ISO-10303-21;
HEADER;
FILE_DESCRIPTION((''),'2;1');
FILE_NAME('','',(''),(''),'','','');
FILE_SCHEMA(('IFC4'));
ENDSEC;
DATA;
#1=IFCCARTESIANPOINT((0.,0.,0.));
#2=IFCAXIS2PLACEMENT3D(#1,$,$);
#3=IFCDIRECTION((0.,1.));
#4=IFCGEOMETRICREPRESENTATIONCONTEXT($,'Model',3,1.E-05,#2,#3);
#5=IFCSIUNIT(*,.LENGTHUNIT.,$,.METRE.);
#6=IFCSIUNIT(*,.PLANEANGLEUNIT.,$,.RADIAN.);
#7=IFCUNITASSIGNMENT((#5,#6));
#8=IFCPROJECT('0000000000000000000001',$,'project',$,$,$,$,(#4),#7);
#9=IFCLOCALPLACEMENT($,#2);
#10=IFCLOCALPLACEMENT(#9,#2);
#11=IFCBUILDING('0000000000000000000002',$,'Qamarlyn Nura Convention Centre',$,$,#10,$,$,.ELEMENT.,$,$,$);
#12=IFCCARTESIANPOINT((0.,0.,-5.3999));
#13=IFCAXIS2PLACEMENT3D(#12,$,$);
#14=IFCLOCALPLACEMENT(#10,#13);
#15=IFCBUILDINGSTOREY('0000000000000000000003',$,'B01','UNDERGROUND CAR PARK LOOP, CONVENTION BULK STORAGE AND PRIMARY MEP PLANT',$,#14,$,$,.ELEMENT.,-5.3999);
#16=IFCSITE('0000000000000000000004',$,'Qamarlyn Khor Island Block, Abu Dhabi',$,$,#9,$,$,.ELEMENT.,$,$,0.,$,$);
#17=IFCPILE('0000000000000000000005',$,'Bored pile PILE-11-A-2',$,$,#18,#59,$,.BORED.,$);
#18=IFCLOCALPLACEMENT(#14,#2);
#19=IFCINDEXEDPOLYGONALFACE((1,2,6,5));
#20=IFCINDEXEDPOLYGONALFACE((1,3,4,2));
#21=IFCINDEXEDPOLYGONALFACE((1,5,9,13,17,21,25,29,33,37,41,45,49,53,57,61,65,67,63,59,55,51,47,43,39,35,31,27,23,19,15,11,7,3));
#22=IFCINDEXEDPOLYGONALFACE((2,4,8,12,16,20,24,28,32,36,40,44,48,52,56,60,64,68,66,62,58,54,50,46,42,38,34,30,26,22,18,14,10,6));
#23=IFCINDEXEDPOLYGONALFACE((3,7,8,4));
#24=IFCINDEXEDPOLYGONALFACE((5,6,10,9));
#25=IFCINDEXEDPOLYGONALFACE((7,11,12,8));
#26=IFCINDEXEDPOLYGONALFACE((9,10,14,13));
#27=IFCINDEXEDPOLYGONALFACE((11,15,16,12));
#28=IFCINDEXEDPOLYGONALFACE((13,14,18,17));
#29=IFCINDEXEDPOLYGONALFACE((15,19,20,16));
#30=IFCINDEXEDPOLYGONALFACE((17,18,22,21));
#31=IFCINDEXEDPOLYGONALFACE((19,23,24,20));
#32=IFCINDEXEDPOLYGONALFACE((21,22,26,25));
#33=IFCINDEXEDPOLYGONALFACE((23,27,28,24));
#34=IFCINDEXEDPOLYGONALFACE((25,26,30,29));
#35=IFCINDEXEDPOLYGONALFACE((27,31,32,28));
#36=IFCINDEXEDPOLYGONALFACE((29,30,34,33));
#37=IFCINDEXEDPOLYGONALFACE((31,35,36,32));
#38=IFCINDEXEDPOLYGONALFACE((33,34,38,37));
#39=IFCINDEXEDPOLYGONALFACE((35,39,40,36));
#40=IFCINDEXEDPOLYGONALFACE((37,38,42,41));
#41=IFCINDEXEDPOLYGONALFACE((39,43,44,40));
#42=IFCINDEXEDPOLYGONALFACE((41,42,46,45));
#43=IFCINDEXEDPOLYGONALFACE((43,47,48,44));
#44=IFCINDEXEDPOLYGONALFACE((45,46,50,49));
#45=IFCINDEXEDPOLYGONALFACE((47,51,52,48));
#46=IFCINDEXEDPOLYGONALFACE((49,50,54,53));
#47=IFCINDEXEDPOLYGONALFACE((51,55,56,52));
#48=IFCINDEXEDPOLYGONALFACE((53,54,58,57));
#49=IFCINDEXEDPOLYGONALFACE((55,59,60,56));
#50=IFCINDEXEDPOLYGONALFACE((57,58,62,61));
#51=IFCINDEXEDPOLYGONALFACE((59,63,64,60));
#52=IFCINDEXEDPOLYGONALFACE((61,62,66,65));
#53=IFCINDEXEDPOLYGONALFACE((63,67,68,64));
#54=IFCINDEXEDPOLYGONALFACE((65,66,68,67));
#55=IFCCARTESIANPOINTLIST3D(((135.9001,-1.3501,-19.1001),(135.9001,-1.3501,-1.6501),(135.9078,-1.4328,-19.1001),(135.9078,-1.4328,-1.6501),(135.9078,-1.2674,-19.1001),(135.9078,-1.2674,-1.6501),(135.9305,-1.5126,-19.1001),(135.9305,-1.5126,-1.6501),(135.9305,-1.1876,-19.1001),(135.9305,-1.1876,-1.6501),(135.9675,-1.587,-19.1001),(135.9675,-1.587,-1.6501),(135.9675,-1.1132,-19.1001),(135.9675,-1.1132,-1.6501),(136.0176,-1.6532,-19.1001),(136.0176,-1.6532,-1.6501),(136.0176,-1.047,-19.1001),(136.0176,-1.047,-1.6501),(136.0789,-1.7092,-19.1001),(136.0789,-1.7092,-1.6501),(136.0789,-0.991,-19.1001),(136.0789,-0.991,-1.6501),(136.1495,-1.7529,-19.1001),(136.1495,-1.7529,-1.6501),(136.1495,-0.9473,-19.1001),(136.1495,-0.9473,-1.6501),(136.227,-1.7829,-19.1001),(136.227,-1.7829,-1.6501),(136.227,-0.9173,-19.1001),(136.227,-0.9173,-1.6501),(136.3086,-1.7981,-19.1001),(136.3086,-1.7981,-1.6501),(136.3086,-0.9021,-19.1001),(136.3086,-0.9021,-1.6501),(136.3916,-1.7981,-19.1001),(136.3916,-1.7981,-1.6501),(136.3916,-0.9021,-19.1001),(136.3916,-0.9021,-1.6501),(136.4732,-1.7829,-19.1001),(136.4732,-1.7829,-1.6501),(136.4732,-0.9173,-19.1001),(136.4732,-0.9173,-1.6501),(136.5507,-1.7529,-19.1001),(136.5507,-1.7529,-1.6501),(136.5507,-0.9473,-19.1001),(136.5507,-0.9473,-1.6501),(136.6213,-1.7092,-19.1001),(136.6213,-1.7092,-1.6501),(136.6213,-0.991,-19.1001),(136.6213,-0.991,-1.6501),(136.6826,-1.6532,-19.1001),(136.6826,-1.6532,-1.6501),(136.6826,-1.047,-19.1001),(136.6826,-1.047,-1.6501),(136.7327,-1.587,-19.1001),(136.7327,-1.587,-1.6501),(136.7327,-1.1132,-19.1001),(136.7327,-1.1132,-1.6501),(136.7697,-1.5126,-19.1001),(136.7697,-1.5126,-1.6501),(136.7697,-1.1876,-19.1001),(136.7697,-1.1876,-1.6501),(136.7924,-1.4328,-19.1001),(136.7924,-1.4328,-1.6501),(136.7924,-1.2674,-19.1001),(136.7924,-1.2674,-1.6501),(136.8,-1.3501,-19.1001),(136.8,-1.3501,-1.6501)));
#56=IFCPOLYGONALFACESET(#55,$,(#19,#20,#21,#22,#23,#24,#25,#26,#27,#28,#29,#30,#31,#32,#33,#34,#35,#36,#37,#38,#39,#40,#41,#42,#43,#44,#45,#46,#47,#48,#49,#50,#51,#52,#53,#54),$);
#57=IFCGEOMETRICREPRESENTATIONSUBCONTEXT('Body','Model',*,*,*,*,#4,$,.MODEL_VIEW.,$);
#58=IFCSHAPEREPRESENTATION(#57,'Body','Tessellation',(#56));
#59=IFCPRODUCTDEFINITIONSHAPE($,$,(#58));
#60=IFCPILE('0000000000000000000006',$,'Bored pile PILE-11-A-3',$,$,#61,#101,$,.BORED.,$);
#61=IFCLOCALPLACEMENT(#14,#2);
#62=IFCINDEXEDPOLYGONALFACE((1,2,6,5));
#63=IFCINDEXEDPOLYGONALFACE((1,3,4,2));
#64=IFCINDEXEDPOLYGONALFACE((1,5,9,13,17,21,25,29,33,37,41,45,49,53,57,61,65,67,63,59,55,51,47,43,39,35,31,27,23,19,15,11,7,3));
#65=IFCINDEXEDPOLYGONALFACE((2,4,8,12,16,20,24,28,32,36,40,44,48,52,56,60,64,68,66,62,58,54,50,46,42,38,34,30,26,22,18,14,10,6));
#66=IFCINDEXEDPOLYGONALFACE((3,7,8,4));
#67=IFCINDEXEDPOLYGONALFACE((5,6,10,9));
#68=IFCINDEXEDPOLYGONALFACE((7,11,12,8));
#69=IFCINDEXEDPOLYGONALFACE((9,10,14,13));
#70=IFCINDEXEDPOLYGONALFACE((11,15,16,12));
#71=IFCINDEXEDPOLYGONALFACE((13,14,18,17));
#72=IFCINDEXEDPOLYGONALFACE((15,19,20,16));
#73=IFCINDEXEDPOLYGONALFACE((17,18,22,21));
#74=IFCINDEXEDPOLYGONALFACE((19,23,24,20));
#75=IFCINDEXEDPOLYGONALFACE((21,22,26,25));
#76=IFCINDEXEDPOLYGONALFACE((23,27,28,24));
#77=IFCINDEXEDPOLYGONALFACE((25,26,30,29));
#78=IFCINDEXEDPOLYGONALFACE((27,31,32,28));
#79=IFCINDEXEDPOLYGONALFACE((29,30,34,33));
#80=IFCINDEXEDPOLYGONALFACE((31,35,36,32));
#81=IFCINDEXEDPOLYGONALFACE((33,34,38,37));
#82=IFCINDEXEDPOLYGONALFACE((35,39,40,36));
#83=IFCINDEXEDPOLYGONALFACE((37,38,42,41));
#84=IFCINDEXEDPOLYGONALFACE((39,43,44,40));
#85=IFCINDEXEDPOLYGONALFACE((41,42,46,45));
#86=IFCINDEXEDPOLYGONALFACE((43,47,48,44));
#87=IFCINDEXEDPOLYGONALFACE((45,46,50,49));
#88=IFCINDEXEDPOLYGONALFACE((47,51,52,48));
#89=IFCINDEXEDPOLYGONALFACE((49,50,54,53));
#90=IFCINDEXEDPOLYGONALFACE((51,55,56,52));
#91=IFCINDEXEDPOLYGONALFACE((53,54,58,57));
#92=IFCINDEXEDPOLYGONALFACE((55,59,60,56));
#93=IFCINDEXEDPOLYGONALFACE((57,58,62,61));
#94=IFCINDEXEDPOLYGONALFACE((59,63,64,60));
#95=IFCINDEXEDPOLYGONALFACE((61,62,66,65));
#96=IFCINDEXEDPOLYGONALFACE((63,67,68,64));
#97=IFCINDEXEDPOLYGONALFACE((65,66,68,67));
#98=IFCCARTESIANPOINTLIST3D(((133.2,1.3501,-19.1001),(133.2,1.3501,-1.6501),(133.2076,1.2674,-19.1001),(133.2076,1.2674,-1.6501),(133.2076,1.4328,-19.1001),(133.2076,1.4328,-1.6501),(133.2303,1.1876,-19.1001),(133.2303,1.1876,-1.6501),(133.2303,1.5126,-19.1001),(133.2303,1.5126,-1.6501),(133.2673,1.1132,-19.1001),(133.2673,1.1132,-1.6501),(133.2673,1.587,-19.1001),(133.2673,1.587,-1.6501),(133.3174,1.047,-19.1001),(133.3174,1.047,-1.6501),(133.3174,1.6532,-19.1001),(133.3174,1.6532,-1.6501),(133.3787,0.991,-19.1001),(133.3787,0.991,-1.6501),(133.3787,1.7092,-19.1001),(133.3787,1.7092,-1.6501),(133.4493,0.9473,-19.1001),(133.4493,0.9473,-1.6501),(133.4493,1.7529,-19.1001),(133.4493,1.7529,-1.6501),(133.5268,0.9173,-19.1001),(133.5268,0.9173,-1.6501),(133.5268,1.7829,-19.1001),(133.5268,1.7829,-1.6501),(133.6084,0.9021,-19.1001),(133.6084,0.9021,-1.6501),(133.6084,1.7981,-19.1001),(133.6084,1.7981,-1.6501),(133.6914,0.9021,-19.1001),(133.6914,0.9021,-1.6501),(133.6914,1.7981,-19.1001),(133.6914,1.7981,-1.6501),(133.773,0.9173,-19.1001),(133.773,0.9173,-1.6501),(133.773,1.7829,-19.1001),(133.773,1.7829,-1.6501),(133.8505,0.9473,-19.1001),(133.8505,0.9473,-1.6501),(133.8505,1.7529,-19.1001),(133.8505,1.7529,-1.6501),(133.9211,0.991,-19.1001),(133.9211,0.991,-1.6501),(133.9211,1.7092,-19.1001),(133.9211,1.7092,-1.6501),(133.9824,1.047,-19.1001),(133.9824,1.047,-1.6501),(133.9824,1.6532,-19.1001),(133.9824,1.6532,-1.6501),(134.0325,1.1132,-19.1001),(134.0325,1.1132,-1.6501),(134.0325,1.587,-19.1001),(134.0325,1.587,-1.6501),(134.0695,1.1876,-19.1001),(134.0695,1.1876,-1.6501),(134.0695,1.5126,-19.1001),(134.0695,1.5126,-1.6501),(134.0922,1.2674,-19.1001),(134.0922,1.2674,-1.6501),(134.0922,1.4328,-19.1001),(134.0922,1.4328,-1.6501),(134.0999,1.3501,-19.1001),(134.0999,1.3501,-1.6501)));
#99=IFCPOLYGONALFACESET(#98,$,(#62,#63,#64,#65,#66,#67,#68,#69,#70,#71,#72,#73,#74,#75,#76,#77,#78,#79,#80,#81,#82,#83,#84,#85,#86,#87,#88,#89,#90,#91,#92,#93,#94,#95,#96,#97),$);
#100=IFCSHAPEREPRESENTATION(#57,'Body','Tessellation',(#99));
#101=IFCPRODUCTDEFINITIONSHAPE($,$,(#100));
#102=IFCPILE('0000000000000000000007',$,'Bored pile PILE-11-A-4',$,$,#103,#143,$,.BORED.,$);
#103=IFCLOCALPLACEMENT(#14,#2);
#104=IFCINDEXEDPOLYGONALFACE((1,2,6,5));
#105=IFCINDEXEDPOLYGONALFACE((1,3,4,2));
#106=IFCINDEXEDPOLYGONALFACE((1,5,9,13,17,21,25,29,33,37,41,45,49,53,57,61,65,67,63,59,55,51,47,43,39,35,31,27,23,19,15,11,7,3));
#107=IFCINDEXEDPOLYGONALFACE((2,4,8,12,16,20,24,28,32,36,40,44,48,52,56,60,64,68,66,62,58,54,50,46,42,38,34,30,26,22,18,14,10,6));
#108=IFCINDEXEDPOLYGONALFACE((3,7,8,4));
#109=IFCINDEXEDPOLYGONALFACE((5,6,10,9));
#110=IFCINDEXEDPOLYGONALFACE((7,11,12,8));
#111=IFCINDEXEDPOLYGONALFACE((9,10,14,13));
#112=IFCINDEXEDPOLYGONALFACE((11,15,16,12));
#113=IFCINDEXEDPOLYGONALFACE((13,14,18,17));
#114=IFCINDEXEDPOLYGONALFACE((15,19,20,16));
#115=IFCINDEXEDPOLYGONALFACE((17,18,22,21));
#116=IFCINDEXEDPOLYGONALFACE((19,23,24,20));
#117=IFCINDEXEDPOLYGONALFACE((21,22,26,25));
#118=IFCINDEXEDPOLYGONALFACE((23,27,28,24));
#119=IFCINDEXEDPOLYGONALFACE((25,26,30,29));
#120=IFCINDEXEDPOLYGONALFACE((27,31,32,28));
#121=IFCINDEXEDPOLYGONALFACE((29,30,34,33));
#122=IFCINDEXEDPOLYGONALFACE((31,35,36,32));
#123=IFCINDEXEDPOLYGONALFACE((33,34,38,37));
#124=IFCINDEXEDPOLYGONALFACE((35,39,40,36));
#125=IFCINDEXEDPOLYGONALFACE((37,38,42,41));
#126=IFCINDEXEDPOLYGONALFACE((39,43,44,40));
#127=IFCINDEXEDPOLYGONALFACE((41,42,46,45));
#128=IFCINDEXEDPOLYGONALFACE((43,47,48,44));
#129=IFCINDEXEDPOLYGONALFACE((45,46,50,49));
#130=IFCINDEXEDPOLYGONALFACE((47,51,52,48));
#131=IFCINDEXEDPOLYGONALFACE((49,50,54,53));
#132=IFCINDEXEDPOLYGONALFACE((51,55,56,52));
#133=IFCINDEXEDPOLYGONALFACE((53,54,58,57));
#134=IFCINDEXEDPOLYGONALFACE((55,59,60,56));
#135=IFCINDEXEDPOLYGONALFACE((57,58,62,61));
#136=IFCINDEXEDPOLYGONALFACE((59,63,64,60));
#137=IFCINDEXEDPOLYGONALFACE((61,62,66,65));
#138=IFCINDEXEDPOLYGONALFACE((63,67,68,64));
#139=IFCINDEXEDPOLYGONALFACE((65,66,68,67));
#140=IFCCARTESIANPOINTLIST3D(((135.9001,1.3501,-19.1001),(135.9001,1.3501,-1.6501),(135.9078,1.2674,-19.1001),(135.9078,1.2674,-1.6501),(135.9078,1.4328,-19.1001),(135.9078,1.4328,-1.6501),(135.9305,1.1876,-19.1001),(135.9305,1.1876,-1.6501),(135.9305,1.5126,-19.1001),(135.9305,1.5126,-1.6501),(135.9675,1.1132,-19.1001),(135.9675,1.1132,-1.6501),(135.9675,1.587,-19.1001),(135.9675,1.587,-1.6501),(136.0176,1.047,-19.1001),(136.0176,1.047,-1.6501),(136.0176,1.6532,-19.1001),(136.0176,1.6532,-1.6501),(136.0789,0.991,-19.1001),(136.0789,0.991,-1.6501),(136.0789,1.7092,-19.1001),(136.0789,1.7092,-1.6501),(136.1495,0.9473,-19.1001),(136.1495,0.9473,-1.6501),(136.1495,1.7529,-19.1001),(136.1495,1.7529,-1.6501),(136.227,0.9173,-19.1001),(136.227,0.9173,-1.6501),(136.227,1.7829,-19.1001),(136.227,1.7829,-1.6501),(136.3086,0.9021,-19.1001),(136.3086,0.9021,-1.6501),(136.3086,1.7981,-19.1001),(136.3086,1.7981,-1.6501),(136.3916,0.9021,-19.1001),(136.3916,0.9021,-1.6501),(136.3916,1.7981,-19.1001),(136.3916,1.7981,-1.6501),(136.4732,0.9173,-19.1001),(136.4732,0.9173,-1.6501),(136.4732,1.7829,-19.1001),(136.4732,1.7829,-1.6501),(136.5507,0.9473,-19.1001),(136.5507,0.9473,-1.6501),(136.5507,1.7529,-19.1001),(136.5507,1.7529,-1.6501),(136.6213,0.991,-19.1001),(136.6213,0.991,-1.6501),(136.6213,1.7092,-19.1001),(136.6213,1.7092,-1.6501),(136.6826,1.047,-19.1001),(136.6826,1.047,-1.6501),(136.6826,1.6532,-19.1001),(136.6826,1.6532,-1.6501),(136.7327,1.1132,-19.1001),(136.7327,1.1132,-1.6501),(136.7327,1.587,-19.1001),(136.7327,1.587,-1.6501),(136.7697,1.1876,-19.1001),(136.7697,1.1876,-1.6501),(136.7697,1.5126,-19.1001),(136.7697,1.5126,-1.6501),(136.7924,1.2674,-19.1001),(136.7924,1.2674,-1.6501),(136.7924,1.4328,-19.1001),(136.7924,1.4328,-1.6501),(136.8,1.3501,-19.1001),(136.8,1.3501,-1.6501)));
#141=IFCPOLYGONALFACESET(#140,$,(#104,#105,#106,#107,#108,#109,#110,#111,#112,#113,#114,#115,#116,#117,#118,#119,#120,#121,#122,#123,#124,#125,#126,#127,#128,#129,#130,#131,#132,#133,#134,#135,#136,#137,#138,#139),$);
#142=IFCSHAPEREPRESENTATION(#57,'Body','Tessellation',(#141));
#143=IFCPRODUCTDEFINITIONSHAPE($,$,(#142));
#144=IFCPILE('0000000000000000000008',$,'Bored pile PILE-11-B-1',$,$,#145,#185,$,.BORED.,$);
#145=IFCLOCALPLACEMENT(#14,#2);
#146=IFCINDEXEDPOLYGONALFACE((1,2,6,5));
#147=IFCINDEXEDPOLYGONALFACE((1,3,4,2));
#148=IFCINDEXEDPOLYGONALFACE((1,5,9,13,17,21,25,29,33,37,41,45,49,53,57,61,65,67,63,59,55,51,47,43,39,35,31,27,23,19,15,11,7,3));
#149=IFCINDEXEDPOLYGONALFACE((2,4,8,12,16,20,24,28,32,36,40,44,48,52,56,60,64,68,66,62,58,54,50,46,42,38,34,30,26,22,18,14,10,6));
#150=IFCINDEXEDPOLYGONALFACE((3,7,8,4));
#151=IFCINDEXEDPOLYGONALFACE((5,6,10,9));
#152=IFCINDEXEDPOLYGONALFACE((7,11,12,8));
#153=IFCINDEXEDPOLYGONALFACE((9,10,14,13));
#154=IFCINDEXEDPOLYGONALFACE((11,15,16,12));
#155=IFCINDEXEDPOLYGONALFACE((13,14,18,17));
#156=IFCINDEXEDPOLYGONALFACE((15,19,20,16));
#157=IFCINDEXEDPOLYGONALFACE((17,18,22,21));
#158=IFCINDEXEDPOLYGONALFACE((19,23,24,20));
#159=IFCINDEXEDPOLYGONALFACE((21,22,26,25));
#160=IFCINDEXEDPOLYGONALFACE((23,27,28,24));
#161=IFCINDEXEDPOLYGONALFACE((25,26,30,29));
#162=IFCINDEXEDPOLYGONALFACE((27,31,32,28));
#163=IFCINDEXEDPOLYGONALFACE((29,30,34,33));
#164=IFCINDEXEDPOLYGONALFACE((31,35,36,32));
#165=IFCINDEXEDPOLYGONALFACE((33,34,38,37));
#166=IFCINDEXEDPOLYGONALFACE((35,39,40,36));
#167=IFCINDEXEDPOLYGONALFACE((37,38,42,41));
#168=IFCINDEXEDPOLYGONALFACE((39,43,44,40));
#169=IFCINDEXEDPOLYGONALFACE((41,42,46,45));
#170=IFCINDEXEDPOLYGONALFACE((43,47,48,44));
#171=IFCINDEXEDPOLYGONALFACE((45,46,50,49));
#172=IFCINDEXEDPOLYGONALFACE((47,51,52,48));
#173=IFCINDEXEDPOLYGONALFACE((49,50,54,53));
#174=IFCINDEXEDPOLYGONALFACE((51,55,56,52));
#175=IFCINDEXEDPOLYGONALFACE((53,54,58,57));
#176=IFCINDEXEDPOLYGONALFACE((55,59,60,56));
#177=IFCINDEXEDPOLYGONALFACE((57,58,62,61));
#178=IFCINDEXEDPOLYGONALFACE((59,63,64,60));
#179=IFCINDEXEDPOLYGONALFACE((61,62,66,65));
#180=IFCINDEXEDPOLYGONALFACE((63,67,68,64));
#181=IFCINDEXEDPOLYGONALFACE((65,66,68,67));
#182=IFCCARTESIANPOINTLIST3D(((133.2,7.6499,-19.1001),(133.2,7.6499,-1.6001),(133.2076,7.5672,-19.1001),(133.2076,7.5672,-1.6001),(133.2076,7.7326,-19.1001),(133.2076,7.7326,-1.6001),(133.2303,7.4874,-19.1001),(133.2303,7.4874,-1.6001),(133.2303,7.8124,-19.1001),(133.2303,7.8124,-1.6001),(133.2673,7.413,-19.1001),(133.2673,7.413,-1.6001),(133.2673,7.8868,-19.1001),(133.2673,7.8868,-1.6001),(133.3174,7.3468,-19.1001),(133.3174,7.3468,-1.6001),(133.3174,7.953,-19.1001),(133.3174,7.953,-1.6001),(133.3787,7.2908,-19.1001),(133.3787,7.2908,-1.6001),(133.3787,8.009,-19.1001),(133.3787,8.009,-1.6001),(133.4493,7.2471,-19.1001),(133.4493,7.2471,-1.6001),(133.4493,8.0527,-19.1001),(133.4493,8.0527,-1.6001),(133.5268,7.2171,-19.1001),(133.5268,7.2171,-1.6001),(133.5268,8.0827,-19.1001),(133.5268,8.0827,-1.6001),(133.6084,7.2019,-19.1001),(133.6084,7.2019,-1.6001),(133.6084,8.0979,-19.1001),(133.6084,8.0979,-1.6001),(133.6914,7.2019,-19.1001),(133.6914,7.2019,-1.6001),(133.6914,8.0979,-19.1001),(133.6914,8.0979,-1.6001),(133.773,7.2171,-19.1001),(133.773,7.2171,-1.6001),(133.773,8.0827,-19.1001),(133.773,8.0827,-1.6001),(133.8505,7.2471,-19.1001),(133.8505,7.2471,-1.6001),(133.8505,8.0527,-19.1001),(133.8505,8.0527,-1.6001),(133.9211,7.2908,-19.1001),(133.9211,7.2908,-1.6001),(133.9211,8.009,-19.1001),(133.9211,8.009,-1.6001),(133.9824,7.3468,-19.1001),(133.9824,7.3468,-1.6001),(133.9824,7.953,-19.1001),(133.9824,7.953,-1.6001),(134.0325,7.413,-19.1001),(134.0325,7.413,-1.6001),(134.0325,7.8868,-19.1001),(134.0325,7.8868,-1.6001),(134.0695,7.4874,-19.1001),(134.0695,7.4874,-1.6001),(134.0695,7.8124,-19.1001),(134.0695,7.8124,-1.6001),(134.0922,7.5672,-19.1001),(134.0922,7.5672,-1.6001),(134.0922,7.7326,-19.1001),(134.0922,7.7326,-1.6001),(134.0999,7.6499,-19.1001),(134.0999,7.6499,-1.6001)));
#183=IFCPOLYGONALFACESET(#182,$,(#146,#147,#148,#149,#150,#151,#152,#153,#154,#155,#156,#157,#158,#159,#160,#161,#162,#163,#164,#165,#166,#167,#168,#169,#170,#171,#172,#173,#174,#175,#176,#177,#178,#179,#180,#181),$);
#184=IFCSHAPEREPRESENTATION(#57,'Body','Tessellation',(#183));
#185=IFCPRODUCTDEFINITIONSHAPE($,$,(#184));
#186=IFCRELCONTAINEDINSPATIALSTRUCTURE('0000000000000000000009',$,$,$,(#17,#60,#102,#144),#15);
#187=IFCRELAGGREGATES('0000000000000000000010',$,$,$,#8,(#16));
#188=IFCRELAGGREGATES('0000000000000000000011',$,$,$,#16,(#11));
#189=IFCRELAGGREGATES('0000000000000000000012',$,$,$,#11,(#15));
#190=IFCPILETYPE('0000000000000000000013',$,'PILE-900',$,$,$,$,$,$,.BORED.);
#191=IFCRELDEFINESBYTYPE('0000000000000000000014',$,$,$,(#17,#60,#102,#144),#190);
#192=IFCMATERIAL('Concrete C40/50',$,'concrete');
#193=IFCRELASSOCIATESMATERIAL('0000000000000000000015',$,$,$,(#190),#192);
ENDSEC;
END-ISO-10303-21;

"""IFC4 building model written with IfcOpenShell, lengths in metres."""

from ifc_helpers import new_model, si_unit, direction, frame, origin, origin_2d, place, context, subcontext, project, spatial, circle, extrude, material, material_profile, profile_set, type_object, element, save


model = new_model("IFC4")

# Units and contexts
model_context = context("Model", 3, precision=1e-05, world=origin(), true_north=direction((0.0, 1.0)))
body_context = subcontext(model_context, "Body", "Model", "MODEL_VIEW")
ifc_project = project(units=[si_unit("LENGTHUNIT", "METRE"), si_unit("PLANEANGLEUNIT", "RADIAN")], contexts=[model_context])

# Site, building, storey
site_placement = place(None, origin())
site = spatial("IfcSite", under=ifc_project, at=site_placement, Name="Qamarlyn Khor Island Block, Abu Dhabi", CompositionType="ELEMENT", RefElevation=0.0)
building_placement = place(site_placement, origin())
building = spatial("IfcBuilding", under=site, at=building_placement, Name="Qamarlyn Nura Convention Centre", CompositionType="ELEMENT")
storey_placement = place(building_placement, frame((0.0, 0.0, -5.3999)))
storey = spatial("IfcBuildingStorey", under=building, at=storey_placement, Name="B01", Description="UNDERGROUND CAR PARK LOOP, CONVENTION BULK STORAGE AND PRIMARY MEP PLANT", CompositionType="ELEMENT", Elevation=-5.3999)

# Shared definitions
ifc_material_1 = material(Name="Concrete C40/50", Category="concrete")

# Piles
ifc_material_profile_1 = material_profile(ifc_material_1, circle(Radius=0.45, at=origin_2d()), Name="BORED PILE 900")
ifc_profile_set_1 = profile_set([ifc_material_profile_1], Name="Concrete C40/50")
pile_type = type_object("IfcPileType", Name="PILE-900", PredefinedType="BORED", material=ifc_profile_set_1)
for number, where, z_axis, x_axis, name in (
    (1, (136.3501, -1.3501, -1.6501), (0.0, 0.0, -1.0), (1.0, 0.0, 0.0), "Bored pile PILE-11-A-2"),
    (2, (133.6499, 1.3501, -1.6501), (0.0, 0.0, -1.0), (1.0, 0.0, 0.0), "Bored pile PILE-11-A-3"),
    (3, (136.3501, 1.3501, -1.6501), (0.0, 0.0, -1.0), (1.0, 0.0, 0.0), "Bored pile PILE-11-A-4"),
):
    element("IfcPile", number, at=place(storey_placement, frame(where, z_axis=z_axis, x_axis=x_axis)), inside=storey, type_object=pile_type, Name=name, PredefinedType="BORED", context=body_context, shape_type="SweptSolid", body=[
        extrude(circle(Radius=0.45, at=origin_2d()), origin(), (0.0, 0.0, 1.0), 17.45),
    ])
for number, where, z_axis, x_axis, name in (
    (4, (133.6499, 7.6499, -1.6001), (0.0, 0.0, -1.0), (1.0, 0.0, 0.0), "Bored pile PILE-11-B-1"),
):
    element("IfcPile", number, at=place(storey_placement, frame(where, z_axis=z_axis, x_axis=x_axis)), inside=storey, type_object=pile_type, Name=name, PredefinedType="BORED", context=body_context, shape_type="SweptSolid", body=[
        extrude(circle(Radius=0.45, at=origin_2d()), origin(), (0.0, 0.0, 1.0), 17.5),
    ])

save(model, "model.ifc")
